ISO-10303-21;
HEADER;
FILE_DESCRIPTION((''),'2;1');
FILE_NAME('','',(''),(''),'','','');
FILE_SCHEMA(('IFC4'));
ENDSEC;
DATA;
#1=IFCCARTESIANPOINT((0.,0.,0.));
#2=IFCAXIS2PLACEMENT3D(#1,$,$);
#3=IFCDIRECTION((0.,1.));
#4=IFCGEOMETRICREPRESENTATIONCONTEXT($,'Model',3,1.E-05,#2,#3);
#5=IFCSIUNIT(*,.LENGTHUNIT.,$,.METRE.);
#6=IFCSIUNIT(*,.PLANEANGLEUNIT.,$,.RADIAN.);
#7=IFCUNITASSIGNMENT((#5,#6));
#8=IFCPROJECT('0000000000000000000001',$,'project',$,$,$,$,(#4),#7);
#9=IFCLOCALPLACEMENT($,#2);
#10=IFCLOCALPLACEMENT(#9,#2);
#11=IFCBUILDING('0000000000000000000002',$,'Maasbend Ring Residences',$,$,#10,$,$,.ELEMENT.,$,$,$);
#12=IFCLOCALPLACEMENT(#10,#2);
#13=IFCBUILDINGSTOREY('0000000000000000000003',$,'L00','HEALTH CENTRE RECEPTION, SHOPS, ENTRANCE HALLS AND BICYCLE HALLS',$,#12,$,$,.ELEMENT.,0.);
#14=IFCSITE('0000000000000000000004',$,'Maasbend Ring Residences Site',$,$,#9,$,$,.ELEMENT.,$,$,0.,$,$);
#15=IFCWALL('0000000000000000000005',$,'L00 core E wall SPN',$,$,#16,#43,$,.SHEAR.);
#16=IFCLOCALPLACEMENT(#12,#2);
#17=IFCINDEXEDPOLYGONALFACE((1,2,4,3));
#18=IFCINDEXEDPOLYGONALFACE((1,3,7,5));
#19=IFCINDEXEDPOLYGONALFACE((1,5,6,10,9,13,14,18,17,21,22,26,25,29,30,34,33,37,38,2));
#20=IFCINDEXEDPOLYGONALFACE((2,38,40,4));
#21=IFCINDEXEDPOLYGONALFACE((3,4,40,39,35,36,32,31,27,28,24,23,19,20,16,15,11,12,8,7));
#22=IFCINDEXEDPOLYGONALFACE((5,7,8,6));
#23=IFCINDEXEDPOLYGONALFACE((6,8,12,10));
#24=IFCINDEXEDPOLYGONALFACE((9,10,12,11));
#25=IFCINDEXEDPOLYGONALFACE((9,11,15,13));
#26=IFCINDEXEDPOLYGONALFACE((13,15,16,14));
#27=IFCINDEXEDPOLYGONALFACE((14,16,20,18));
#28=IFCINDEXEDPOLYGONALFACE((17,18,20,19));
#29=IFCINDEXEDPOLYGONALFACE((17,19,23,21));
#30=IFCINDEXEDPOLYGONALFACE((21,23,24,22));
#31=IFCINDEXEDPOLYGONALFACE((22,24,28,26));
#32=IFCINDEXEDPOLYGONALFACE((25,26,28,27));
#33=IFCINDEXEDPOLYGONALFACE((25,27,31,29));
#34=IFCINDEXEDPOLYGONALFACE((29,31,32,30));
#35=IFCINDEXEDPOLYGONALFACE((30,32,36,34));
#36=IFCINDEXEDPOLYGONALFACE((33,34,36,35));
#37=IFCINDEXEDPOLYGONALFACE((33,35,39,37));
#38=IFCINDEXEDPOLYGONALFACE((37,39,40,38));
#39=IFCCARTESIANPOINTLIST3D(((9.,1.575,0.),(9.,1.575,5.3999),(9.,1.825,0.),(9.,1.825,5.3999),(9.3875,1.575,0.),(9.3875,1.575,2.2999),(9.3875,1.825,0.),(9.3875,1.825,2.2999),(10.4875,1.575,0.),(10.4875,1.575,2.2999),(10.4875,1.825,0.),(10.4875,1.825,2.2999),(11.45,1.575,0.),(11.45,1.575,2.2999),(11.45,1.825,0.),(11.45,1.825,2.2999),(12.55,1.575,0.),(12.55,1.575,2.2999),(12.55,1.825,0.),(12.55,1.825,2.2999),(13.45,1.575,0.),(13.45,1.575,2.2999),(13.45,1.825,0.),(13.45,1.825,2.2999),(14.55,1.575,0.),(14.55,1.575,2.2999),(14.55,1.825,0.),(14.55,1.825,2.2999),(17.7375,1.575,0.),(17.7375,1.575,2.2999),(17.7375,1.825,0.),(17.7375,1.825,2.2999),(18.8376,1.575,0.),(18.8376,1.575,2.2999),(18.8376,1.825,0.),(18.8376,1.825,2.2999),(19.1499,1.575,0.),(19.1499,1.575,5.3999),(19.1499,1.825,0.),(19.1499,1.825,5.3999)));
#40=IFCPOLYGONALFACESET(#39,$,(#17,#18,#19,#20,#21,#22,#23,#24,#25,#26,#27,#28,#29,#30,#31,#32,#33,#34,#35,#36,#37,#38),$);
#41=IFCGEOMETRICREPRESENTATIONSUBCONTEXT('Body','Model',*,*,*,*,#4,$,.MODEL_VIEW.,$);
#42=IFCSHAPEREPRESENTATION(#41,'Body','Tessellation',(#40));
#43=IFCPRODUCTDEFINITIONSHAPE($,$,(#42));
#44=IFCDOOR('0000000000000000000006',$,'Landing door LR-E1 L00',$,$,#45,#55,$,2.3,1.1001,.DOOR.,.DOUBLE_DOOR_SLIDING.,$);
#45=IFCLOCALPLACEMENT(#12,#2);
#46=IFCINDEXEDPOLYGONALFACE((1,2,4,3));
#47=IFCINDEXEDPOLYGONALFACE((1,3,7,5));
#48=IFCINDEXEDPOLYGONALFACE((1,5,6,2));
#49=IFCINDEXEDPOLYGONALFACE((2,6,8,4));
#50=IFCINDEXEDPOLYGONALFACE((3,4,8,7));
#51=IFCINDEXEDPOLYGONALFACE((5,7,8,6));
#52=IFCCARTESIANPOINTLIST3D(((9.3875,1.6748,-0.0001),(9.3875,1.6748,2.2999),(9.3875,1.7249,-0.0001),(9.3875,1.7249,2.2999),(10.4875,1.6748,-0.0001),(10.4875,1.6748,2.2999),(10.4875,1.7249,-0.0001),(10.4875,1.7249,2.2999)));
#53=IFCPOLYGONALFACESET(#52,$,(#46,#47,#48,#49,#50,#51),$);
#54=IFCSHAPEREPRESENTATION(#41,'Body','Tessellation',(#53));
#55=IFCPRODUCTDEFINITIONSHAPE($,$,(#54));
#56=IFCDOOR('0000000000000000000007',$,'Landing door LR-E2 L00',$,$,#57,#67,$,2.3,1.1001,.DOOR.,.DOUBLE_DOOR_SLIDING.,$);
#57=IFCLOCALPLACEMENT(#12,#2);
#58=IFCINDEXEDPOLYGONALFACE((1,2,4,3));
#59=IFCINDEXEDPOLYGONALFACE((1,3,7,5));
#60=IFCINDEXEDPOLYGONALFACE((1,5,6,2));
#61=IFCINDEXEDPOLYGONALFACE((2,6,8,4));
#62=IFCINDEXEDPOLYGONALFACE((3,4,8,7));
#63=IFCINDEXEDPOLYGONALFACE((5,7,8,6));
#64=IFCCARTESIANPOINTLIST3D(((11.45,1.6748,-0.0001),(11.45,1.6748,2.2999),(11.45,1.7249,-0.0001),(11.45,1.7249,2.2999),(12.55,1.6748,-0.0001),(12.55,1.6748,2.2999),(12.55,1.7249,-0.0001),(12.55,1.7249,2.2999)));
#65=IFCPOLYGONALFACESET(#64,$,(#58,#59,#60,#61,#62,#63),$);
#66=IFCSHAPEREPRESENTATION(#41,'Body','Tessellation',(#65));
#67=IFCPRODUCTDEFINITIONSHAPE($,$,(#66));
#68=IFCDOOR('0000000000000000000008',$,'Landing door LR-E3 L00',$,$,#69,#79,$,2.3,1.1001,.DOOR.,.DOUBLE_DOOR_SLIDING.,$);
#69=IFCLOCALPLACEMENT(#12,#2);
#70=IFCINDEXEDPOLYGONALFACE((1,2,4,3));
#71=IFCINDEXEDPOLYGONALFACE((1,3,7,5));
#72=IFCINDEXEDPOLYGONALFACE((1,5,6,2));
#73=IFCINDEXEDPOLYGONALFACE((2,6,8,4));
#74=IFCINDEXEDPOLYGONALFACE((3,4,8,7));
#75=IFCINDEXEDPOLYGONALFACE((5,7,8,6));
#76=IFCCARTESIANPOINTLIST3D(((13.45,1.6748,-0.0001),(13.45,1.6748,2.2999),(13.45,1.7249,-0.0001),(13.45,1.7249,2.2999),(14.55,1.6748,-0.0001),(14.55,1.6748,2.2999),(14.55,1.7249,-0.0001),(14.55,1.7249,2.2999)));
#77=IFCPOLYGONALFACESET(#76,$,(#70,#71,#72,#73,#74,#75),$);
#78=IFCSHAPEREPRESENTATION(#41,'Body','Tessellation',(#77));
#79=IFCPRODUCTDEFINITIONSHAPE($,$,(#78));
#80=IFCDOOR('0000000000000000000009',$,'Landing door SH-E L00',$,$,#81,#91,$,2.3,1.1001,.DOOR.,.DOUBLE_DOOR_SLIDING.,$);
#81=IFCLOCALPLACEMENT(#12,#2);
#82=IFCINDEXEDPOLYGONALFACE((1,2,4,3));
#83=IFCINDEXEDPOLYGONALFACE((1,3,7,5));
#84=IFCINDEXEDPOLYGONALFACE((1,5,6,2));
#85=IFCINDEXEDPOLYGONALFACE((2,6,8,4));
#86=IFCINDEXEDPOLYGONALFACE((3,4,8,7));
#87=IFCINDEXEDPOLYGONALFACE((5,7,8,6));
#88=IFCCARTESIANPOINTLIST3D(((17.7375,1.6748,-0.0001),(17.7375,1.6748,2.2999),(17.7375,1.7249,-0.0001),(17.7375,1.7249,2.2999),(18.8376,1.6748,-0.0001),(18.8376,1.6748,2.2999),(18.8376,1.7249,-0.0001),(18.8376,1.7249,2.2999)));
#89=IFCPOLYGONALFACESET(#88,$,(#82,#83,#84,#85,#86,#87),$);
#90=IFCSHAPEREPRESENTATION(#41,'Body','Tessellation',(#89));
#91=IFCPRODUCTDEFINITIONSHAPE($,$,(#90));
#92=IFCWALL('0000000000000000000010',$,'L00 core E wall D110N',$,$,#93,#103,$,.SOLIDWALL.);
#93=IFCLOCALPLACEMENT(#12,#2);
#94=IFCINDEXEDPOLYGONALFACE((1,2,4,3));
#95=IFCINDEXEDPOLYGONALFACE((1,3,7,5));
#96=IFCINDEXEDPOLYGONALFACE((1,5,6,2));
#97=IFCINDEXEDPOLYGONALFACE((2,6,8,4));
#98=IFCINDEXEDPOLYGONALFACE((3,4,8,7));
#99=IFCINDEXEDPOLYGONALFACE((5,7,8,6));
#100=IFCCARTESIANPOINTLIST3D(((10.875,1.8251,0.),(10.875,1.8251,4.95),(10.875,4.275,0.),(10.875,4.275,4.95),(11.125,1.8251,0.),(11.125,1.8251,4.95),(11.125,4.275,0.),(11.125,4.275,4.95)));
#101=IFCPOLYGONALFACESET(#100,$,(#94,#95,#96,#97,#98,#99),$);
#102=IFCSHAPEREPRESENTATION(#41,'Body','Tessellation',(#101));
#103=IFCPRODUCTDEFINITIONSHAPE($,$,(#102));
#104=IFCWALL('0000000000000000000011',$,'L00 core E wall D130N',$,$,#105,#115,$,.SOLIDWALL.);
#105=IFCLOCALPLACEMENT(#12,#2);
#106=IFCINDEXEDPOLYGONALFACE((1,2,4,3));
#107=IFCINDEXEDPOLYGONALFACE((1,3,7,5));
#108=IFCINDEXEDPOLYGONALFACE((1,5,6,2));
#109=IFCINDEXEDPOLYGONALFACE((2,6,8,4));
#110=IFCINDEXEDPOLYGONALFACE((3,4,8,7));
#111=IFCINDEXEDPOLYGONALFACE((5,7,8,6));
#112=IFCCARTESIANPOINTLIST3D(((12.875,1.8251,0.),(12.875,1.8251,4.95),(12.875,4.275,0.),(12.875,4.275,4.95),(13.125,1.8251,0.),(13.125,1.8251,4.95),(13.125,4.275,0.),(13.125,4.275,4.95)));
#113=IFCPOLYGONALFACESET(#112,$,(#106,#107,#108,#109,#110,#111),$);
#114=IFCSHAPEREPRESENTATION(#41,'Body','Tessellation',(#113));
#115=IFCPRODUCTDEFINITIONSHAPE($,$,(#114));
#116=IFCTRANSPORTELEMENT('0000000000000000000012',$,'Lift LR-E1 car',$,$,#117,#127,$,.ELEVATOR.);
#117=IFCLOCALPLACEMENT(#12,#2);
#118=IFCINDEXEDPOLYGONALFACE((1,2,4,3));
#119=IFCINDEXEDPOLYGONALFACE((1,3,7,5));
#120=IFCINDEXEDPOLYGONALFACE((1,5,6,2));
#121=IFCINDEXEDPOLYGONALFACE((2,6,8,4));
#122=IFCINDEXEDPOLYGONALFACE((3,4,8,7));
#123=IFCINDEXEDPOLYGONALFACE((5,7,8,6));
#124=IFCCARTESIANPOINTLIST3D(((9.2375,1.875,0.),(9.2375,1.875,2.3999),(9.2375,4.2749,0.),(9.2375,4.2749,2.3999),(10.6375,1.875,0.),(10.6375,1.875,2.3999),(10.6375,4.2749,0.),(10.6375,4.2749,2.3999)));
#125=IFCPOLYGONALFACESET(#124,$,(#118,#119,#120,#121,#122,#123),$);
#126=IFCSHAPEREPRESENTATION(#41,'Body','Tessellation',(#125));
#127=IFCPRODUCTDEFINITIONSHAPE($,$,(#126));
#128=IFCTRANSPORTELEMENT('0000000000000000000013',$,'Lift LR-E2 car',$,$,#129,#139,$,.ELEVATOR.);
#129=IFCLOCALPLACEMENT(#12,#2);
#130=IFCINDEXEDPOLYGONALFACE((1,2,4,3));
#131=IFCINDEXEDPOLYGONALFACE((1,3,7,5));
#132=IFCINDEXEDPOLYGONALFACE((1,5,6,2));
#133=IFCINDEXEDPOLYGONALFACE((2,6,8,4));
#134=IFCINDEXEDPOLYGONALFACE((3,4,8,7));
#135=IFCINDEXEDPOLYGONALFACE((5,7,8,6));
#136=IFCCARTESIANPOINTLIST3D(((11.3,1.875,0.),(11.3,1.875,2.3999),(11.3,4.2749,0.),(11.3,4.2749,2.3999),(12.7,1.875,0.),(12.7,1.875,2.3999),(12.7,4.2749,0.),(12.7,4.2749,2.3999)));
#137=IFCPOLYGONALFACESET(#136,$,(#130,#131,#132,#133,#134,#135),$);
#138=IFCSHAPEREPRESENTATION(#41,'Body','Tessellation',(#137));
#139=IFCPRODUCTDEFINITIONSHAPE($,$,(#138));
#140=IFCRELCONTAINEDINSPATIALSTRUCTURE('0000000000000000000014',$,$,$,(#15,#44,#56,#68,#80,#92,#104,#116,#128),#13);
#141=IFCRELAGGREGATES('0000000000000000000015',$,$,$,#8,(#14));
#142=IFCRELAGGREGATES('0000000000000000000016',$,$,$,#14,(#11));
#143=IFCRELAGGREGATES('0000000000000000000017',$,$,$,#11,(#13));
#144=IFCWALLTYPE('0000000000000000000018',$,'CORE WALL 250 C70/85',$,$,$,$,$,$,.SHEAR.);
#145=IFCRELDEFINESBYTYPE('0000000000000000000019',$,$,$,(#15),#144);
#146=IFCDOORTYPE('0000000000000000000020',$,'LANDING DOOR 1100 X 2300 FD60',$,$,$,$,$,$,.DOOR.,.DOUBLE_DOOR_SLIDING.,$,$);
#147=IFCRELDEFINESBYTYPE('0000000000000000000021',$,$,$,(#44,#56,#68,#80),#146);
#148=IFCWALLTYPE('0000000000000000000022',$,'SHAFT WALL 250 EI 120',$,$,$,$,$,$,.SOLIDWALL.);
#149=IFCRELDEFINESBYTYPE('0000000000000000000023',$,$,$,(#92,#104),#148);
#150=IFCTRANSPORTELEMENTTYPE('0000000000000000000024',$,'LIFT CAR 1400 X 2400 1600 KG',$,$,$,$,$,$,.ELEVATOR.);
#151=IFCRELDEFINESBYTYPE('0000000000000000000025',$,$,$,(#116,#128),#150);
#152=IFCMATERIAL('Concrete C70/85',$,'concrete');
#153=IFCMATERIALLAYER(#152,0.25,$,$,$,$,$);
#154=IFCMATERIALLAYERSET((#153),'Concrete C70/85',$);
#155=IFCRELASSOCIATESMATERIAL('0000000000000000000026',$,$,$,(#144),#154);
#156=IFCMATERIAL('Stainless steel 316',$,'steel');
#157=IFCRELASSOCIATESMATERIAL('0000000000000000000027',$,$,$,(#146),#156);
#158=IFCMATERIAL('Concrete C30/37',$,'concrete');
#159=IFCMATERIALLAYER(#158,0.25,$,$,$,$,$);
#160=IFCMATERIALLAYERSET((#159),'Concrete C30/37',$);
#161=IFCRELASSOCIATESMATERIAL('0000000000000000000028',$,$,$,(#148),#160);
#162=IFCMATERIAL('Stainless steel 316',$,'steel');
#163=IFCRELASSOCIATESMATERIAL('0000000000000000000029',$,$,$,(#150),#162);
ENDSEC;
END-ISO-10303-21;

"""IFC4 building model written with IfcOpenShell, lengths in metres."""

from ifc_helpers import new_model, si_unit, direction, frame, frame_2d, origin, origin_2d, place, context, subcontext, project, spatial, rectangle, extrude, material, layer, layer_set, type_object, element, fill, save


model = new_model("IFC4")

# Units and contexts
model_context = context("Model", 3, precision=1e-05, world=origin(), true_north=direction((0.0, 1.0)))
body_context = subcontext(model_context, "Body", "Model", "MODEL_VIEW")
ifc_project = project(units=[si_unit("LENGTHUNIT", "METRE"), si_unit("PLANEANGLEUNIT", "RADIAN")], contexts=[model_context])

# Site, building, storey
site_placement = place(None, origin())
site = spatial("IfcSite", under=ifc_project, at=site_placement, Name="Maasbend Ring Residences Site", CompositionType="ELEMENT", RefElevation=0.0)
building_placement = place(site_placement, origin())
building = spatial("IfcBuilding", under=site, at=building_placement, Name="Maasbend Ring Residences", CompositionType="ELEMENT")
storey_placement = place(building_placement, origin())
storey = spatial("IfcBuildingStorey", under=building, at=storey_placement, Name="L00", Description="HEALTH CENTRE RECEPTION, SHOPS, ENTRANCE HALLS AND BICYCLE HALLS", CompositionType="ELEMENT", Elevation=0.0)

# Wall, openings, doors
ifc_material_1 = material(Name="Concrete C70/85", Category="concrete")
ifc_layer_1 = layer(ifc_material_1, 0.25)
ifc_layer_set_1 = layer_set([ifc_layer_1], Name="Concrete C70/85")
wall_type_1 = type_object("IfcWallType", Name="CORE WALL 250 C70/85", PredefinedType="SHEAR", material=ifc_layer_set_1)
wall_placement = place(storey_placement, frame((9.0, 1.7, 0.0), z_axis=(0.0, 0.0, 1.0), x_axis=(1.0, 0.0, 0.0)))
wall = element("IfcWall", 1, at=wall_placement, inside=storey, type_object=wall_type_1, Name="L00 core E wall SPN", PredefinedType="SHEAR", context=body_context, shape_type="SweptSolid", body=[
    extrude(rectangle(XDim=10.1499, YDim=0.25, at=frame_2d((5.075, 0.0))), origin(), (0.0, 0.0, 1.0), 5.3999),
])
opening_1_placement = place(wall_placement, frame((0.3875, 0.0, 0.0)))
opening_1 = element("IfcOpeningElement", 2, at=opening_1_placement, cuts=wall, PredefinedType="OPENING", context=body_context, shape_type="SweptSolid", body=[
    extrude(rectangle(XDim=1.1001, YDim=2.3, at=frame_2d((0.55, 1.1499))), frame((0.0, 0.135, 0.0), z_axis=(0.0, -1.0, 0.0), x_axis=(1.0, 0.0, 0.0)), (0.0, 0.0, 1.0), 0.27),
])
opening_2_placement = place(wall_placement, frame((2.45, 0.0, 0.0)))
opening_2 = element("IfcOpeningElement", 3, at=opening_2_placement, cuts=wall, PredefinedType="OPENING", context=body_context, shape_type="SweptSolid", body=[
    extrude(rectangle(XDim=1.1001, YDim=2.3, at=frame_2d((0.55, 1.1499))), frame((0.0, 0.135, 0.0), z_axis=(0.0, -1.0, 0.0), x_axis=(1.0, 0.0, 0.0)), (0.0, 0.0, 1.0), 0.27),
])
opening_3_placement = place(wall_placement, frame((4.45, 0.0, 0.0)))
opening_3 = element("IfcOpeningElement", 4, at=opening_3_placement, cuts=wall, PredefinedType="OPENING", context=body_context, shape_type="SweptSolid", body=[
    extrude(rectangle(XDim=1.1001, YDim=2.3, at=frame_2d((0.55, 1.1499))), frame((0.0, 0.135, 0.0), z_axis=(0.0, -1.0, 0.0), x_axis=(1.0, 0.0, 0.0)), (0.0, 0.0, 1.0), 0.27),
])
opening_4_placement = place(wall_placement, frame((8.7375, 0.0, 0.0)))
opening_4 = element("IfcOpeningElement", 5, at=opening_4_placement, cuts=wall, PredefinedType="OPENING", context=body_context, shape_type="SweptSolid", body=[
    extrude(rectangle(XDim=1.1001, YDim=2.3, at=frame_2d((0.55, 1.1499))), frame((0.0, 0.135, 0.0), z_axis=(0.0, -1.0, 0.0), x_axis=(1.0, 0.0, 0.0)), (0.0, 0.0, 1.0), 0.27),
])
ifc_material_2 = material(Name="Stainless steel 316", Category="steel")
door_type = type_object("IfcDoorType", Name="LANDING DOOR 1100 X 2300 FD60", OperationType="DOUBLE_DOOR_SLIDING", PredefinedType="DOOR", material=ifc_material_2)
door_1_placement = place(opening_1_placement, origin())
door_1 = element("IfcDoor", 6, at=door_1_placement, inside=storey, type_object=door_type, Name="Landing door LR-E1 L00", OperationType="DOUBLE_DOOR_SLIDING", OverallHeight=2.3, OverallWidth=1.1001, PredefinedType="DOOR", context=body_context, shape_type="SweptSolid", body=[
    extrude(rectangle(XDim=1.1001, YDim=2.3, at=frame_2d((0.55, 1.1499))), frame((0.0, 0.0249, 0.0), z_axis=(0.0, -1.0, 0.0), x_axis=(1.0, 0.0, 0.0)), (0.0, 0.0, 1.0), 0.05),
])
fill(opening_1, door_1)
door_2_placement = place(opening_2_placement, origin())
door_2 = element("IfcDoor", 7, at=door_2_placement, inside=storey, type_object=door_type, Name="Landing door LR-E2 L00", OperationType="DOUBLE_DOOR_SLIDING", OverallHeight=2.3, OverallWidth=1.1001, PredefinedType="DOOR", context=body_context, shape_type="SweptSolid", body=[
    extrude(rectangle(XDim=1.1001, YDim=2.3, at=frame_2d((0.55, 1.1499))), frame((0.0, 0.0249, 0.0), z_axis=(0.0, -1.0, 0.0), x_axis=(1.0, 0.0, 0.0)), (0.0, 0.0, 1.0), 0.05),
])
fill(opening_2, door_2)
door_3_placement = place(opening_3_placement, origin())
door_3 = element("IfcDoor", 8, at=door_3_placement, inside=storey, type_object=door_type, Name="Landing door LR-E3 L00", OperationType="DOUBLE_DOOR_SLIDING", OverallHeight=2.3, OverallWidth=1.1001, PredefinedType="DOOR", context=body_context, shape_type="SweptSolid", body=[
    extrude(rectangle(XDim=1.1001, YDim=2.3, at=frame_2d((0.55, 1.1499))), frame((0.0, 0.0249, 0.0), z_axis=(0.0, -1.0, 0.0), x_axis=(1.0, 0.0, 0.0)), (0.0, 0.0, 1.0), 0.05),
])
fill(opening_3, door_3)
door_4_placement = place(opening_4_placement, origin())
door_4 = element("IfcDoor", 9, at=door_4_placement, inside=storey, type_object=door_type, Name="Landing door SH-E L00", OperationType="DOUBLE_DOOR_SLIDING", OverallHeight=2.3, OverallWidth=1.1001, PredefinedType="DOOR", context=body_context, shape_type="SweptSolid", body=[
    extrude(rectangle(XDim=1.1001, YDim=2.3, at=frame_2d((0.55, 1.1499))), frame((0.0, 0.0249, 0.0), z_axis=(0.0, -1.0, 0.0), x_axis=(1.0, 0.0, 0.0)), (0.0, 0.0, 1.0), 0.05),
])
fill(opening_4, door_4)

# Walls
ifc_material_3 = material(Name="Concrete C30/37", Category="concrete")
ifc_layer_2 = layer(ifc_material_3, 0.25)
ifc_layer_set_2 = layer_set([ifc_layer_2], Name="Concrete C30/37")
wall_type_2 = type_object("IfcWallType", Name="SHAFT WALL 250 EI 120", PredefinedType="SOLIDWALL", material=ifc_layer_set_2)
for number, where, z_axis, x_axis, name in (
    (10, (11.0, 1.825, 0.0), (0.0, 0.0, 1.0), (0.0, 1.0, 0.0), "L00 core E wall D110N"),
    (11, (13.0, 1.825, 0.0), (0.0, 0.0, 1.0), (0.0, 1.0, 0.0), "L00 core E wall D130N"),
):
    element("IfcWall", number, at=place(storey_placement, frame(where, z_axis=z_axis, x_axis=x_axis)), inside=storey, type_object=wall_type_2, Name=name, PredefinedType="SOLIDWALL", context=body_context, shape_type="SweptSolid", body=[
        extrude(rectangle(XDim=2.45, YDim=0.25, at=frame_2d((1.2251, 0.0))), origin(), (0.0, 0.0, 1.0), 4.95),
    ])

# Transport elements
ifc_material_4 = material(Name="Stainless steel 316", Category="steel")
transport_element_type = type_object("IfcTransportElementType", Name="LIFT CAR 1400 X 2400 1600 KG", PredefinedType="ELEVATOR", material=ifc_material_4)
for number, where, z_axis, x_axis, name in (
    (12, (9.9375, 3.075, 0.0), (0.0, 0.0, 1.0), (1.0, 0.0, 0.0), "Lift LR-E1 car"),
    (13, (12.0, 3.075, 0.0), (0.0, 0.0, 1.0), (1.0, 0.0, 0.0), "Lift LR-E2 car"),
):
    element("IfcTransportElement", number, at=place(storey_placement, frame(where, z_axis=z_axis, x_axis=x_axis)), inside=storey, type_object=transport_element_type, Name=name, PredefinedType="ELEVATOR", context=body_context, shape_type="SweptSolid", body=[
        extrude(rectangle(XDim=1.3999, YDim=2.3999, at=origin_2d()), origin(), (0.0, 0.0, 1.0), 2.3999),
    ])

save(model, "model.ifc")
